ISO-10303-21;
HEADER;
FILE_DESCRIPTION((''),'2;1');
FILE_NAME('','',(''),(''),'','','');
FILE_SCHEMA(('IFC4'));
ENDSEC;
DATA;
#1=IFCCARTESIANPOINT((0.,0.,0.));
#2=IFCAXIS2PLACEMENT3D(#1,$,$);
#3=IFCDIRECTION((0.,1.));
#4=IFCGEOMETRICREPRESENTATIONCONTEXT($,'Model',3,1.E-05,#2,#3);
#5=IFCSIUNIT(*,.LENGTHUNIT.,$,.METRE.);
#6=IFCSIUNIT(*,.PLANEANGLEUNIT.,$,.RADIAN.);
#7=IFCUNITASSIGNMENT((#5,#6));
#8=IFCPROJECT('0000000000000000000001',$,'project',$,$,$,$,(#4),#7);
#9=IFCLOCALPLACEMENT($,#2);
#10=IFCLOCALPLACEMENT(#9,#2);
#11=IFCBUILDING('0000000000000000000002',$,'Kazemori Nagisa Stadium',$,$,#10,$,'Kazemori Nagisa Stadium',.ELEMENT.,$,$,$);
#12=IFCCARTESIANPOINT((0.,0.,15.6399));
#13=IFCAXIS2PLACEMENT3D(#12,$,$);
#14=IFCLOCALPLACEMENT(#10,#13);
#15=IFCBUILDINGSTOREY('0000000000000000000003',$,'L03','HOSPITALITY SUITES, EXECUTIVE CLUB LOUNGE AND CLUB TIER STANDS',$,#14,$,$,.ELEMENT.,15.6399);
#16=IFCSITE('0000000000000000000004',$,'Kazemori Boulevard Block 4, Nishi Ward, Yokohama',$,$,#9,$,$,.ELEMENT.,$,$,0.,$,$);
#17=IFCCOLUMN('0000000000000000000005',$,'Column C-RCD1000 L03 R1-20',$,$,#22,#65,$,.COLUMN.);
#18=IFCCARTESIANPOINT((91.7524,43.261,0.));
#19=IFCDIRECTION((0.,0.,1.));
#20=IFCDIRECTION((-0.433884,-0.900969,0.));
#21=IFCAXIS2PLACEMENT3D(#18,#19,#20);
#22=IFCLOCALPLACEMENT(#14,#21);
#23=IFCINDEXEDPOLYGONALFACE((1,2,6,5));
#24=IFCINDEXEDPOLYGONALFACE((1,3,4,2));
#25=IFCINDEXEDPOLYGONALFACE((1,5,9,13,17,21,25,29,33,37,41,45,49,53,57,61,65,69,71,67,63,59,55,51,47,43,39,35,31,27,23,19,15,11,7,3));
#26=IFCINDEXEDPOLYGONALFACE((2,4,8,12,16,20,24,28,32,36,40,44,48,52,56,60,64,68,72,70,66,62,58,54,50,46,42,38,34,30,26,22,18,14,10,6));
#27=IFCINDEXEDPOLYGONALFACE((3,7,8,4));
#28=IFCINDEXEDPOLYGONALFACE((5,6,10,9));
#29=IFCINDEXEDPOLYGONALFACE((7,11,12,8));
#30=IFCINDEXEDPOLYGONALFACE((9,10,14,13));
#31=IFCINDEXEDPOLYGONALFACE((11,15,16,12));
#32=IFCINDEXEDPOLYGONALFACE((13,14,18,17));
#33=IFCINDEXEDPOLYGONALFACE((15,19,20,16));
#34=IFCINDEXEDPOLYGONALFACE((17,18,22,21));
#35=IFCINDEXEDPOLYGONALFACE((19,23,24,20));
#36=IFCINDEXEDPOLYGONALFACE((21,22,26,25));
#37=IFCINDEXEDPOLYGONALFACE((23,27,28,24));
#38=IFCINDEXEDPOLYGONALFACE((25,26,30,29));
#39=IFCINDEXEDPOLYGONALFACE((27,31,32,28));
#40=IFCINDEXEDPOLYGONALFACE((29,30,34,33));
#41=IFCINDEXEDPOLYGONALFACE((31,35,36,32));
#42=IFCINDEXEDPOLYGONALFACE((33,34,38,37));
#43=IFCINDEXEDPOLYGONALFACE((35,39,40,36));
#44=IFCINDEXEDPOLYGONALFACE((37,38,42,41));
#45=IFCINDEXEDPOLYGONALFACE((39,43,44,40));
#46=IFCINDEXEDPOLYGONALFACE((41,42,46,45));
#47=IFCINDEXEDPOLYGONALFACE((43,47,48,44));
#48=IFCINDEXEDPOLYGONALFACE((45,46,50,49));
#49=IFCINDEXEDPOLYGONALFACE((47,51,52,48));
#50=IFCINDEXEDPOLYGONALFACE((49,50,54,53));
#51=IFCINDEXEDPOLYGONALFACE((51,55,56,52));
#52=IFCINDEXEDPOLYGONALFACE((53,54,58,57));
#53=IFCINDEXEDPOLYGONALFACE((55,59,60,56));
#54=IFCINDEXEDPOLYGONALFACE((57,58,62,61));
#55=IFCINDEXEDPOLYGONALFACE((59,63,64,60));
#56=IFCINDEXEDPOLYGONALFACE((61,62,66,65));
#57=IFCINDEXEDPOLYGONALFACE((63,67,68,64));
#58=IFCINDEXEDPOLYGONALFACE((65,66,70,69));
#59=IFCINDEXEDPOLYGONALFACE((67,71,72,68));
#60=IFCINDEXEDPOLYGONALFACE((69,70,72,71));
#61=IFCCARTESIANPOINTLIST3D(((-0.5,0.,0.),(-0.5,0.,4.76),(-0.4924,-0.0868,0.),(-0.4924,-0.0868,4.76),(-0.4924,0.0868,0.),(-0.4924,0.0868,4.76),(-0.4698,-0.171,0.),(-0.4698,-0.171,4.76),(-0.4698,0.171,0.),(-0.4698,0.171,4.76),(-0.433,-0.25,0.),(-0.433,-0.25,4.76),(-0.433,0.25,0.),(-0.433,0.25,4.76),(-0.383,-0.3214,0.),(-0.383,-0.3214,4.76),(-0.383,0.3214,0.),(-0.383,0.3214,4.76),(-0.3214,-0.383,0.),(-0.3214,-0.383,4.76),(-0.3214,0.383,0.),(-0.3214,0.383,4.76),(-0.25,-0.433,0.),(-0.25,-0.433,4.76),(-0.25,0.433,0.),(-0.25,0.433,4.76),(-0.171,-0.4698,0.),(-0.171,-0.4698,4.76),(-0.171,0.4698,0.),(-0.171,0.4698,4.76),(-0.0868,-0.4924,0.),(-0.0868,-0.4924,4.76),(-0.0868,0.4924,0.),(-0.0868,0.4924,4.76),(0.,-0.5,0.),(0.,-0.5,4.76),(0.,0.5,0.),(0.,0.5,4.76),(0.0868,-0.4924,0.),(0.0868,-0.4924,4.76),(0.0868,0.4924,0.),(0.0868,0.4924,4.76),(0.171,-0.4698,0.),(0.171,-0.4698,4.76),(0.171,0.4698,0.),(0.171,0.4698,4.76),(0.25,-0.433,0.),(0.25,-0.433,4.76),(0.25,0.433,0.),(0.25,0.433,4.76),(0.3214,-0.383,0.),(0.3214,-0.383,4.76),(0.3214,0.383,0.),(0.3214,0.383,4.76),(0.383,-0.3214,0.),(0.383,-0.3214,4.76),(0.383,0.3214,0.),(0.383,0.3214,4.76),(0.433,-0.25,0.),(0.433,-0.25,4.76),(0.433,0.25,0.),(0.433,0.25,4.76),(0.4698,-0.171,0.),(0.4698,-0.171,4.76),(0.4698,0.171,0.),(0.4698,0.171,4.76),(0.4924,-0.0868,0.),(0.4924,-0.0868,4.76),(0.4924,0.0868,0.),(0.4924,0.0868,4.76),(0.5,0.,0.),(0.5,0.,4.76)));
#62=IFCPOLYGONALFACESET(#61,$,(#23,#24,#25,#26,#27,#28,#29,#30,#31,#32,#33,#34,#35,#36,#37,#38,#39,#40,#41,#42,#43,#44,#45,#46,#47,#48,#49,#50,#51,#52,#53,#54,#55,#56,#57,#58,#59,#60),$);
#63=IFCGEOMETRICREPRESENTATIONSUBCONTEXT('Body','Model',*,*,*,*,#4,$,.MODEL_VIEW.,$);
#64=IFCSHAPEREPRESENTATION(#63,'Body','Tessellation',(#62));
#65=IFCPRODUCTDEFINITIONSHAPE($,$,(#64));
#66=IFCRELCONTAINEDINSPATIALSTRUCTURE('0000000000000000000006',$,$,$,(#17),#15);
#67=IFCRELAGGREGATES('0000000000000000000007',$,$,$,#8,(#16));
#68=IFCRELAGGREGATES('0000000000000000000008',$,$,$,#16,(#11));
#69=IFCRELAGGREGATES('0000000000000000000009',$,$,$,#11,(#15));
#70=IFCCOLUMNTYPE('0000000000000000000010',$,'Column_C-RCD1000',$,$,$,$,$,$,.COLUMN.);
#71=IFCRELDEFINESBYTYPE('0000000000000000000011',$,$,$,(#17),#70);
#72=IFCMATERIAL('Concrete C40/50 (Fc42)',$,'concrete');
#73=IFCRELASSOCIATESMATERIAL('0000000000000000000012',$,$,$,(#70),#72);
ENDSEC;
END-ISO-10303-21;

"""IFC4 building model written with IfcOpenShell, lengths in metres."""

from ifc_helpers import new_model, si_unit, direction, frame, origin, origin_2d, place, context, subcontext, project, spatial, circle, extrude, material, material_profile, profile_set, type_object, element, save


model = new_model("IFC4")

# Units and contexts
model_context = context("Model", 3, precision=1e-05, world=origin(), true_north=direction((0.0, 1.0)))
body_context = subcontext(model_context, "Body", "Model", "MODEL_VIEW")
ifc_project = project(units=[si_unit("LENGTHUNIT", "METRE"), si_unit("PLANEANGLEUNIT", "RADIAN")], contexts=[model_context])

# Site, building, storey
site_placement = place(None, origin())
site = spatial("IfcSite", under=ifc_project, at=site_placement, Name="Kazemori Boulevard Block 4, Nishi Ward, Yokohama", CompositionType="ELEMENT", RefElevation=0.0)
building_placement = place(site_placement, origin())
building = spatial("IfcBuilding", under=site, at=building_placement, Name="Kazemori Nagisa Stadium", LongName="Kazemori Nagisa Stadium", CompositionType="ELEMENT")
storey_placement = place(building_placement, frame((0.0, 0.0, 15.6399)))
storey = spatial("IfcBuildingStorey", under=building, at=storey_placement, Name="L03", Description="HOSPITALITY SUITES, EXECUTIVE CLUB LOUNGE AND CLUB TIER STANDS", CompositionType="ELEMENT", Elevation=15.6399)

# Column
ifc_material_1 = material(Name="Concrete C40/50 (Fc42)", Category="concrete")
ifc_material_profile_1 = material_profile(ifc_material_1, circle(Radius=0.5, at=origin_2d()), Name="RC-COL-D1000")
ifc_profile_set_1 = profile_set([ifc_material_profile_1], Name="Concrete C40/50 (Fc42)")
column_type = type_object("IfcColumnType", Name="Column_C-RCD1000", PredefinedType="COLUMN", material=ifc_profile_set_1)
column_placement = place(storey_placement, frame((91.7524, 43.261, 0.0), z_axis=(0.0, 0.0, 1.0), x_axis=(-0.433884, -0.900969, 0.0)))
element("IfcColumn", 1, at=column_placement, inside=storey, type_object=column_type, Name="Column C-RCD1000 L03 R1-20", PredefinedType="COLUMN", context=body_context, shape_type="SweptSolid", body=[
    extrude(circle(Radius=0.5, at=origin_2d()), origin(), (0.0, 0.0, 1.0), 4.76),
])

save(model, "model.ifc")
